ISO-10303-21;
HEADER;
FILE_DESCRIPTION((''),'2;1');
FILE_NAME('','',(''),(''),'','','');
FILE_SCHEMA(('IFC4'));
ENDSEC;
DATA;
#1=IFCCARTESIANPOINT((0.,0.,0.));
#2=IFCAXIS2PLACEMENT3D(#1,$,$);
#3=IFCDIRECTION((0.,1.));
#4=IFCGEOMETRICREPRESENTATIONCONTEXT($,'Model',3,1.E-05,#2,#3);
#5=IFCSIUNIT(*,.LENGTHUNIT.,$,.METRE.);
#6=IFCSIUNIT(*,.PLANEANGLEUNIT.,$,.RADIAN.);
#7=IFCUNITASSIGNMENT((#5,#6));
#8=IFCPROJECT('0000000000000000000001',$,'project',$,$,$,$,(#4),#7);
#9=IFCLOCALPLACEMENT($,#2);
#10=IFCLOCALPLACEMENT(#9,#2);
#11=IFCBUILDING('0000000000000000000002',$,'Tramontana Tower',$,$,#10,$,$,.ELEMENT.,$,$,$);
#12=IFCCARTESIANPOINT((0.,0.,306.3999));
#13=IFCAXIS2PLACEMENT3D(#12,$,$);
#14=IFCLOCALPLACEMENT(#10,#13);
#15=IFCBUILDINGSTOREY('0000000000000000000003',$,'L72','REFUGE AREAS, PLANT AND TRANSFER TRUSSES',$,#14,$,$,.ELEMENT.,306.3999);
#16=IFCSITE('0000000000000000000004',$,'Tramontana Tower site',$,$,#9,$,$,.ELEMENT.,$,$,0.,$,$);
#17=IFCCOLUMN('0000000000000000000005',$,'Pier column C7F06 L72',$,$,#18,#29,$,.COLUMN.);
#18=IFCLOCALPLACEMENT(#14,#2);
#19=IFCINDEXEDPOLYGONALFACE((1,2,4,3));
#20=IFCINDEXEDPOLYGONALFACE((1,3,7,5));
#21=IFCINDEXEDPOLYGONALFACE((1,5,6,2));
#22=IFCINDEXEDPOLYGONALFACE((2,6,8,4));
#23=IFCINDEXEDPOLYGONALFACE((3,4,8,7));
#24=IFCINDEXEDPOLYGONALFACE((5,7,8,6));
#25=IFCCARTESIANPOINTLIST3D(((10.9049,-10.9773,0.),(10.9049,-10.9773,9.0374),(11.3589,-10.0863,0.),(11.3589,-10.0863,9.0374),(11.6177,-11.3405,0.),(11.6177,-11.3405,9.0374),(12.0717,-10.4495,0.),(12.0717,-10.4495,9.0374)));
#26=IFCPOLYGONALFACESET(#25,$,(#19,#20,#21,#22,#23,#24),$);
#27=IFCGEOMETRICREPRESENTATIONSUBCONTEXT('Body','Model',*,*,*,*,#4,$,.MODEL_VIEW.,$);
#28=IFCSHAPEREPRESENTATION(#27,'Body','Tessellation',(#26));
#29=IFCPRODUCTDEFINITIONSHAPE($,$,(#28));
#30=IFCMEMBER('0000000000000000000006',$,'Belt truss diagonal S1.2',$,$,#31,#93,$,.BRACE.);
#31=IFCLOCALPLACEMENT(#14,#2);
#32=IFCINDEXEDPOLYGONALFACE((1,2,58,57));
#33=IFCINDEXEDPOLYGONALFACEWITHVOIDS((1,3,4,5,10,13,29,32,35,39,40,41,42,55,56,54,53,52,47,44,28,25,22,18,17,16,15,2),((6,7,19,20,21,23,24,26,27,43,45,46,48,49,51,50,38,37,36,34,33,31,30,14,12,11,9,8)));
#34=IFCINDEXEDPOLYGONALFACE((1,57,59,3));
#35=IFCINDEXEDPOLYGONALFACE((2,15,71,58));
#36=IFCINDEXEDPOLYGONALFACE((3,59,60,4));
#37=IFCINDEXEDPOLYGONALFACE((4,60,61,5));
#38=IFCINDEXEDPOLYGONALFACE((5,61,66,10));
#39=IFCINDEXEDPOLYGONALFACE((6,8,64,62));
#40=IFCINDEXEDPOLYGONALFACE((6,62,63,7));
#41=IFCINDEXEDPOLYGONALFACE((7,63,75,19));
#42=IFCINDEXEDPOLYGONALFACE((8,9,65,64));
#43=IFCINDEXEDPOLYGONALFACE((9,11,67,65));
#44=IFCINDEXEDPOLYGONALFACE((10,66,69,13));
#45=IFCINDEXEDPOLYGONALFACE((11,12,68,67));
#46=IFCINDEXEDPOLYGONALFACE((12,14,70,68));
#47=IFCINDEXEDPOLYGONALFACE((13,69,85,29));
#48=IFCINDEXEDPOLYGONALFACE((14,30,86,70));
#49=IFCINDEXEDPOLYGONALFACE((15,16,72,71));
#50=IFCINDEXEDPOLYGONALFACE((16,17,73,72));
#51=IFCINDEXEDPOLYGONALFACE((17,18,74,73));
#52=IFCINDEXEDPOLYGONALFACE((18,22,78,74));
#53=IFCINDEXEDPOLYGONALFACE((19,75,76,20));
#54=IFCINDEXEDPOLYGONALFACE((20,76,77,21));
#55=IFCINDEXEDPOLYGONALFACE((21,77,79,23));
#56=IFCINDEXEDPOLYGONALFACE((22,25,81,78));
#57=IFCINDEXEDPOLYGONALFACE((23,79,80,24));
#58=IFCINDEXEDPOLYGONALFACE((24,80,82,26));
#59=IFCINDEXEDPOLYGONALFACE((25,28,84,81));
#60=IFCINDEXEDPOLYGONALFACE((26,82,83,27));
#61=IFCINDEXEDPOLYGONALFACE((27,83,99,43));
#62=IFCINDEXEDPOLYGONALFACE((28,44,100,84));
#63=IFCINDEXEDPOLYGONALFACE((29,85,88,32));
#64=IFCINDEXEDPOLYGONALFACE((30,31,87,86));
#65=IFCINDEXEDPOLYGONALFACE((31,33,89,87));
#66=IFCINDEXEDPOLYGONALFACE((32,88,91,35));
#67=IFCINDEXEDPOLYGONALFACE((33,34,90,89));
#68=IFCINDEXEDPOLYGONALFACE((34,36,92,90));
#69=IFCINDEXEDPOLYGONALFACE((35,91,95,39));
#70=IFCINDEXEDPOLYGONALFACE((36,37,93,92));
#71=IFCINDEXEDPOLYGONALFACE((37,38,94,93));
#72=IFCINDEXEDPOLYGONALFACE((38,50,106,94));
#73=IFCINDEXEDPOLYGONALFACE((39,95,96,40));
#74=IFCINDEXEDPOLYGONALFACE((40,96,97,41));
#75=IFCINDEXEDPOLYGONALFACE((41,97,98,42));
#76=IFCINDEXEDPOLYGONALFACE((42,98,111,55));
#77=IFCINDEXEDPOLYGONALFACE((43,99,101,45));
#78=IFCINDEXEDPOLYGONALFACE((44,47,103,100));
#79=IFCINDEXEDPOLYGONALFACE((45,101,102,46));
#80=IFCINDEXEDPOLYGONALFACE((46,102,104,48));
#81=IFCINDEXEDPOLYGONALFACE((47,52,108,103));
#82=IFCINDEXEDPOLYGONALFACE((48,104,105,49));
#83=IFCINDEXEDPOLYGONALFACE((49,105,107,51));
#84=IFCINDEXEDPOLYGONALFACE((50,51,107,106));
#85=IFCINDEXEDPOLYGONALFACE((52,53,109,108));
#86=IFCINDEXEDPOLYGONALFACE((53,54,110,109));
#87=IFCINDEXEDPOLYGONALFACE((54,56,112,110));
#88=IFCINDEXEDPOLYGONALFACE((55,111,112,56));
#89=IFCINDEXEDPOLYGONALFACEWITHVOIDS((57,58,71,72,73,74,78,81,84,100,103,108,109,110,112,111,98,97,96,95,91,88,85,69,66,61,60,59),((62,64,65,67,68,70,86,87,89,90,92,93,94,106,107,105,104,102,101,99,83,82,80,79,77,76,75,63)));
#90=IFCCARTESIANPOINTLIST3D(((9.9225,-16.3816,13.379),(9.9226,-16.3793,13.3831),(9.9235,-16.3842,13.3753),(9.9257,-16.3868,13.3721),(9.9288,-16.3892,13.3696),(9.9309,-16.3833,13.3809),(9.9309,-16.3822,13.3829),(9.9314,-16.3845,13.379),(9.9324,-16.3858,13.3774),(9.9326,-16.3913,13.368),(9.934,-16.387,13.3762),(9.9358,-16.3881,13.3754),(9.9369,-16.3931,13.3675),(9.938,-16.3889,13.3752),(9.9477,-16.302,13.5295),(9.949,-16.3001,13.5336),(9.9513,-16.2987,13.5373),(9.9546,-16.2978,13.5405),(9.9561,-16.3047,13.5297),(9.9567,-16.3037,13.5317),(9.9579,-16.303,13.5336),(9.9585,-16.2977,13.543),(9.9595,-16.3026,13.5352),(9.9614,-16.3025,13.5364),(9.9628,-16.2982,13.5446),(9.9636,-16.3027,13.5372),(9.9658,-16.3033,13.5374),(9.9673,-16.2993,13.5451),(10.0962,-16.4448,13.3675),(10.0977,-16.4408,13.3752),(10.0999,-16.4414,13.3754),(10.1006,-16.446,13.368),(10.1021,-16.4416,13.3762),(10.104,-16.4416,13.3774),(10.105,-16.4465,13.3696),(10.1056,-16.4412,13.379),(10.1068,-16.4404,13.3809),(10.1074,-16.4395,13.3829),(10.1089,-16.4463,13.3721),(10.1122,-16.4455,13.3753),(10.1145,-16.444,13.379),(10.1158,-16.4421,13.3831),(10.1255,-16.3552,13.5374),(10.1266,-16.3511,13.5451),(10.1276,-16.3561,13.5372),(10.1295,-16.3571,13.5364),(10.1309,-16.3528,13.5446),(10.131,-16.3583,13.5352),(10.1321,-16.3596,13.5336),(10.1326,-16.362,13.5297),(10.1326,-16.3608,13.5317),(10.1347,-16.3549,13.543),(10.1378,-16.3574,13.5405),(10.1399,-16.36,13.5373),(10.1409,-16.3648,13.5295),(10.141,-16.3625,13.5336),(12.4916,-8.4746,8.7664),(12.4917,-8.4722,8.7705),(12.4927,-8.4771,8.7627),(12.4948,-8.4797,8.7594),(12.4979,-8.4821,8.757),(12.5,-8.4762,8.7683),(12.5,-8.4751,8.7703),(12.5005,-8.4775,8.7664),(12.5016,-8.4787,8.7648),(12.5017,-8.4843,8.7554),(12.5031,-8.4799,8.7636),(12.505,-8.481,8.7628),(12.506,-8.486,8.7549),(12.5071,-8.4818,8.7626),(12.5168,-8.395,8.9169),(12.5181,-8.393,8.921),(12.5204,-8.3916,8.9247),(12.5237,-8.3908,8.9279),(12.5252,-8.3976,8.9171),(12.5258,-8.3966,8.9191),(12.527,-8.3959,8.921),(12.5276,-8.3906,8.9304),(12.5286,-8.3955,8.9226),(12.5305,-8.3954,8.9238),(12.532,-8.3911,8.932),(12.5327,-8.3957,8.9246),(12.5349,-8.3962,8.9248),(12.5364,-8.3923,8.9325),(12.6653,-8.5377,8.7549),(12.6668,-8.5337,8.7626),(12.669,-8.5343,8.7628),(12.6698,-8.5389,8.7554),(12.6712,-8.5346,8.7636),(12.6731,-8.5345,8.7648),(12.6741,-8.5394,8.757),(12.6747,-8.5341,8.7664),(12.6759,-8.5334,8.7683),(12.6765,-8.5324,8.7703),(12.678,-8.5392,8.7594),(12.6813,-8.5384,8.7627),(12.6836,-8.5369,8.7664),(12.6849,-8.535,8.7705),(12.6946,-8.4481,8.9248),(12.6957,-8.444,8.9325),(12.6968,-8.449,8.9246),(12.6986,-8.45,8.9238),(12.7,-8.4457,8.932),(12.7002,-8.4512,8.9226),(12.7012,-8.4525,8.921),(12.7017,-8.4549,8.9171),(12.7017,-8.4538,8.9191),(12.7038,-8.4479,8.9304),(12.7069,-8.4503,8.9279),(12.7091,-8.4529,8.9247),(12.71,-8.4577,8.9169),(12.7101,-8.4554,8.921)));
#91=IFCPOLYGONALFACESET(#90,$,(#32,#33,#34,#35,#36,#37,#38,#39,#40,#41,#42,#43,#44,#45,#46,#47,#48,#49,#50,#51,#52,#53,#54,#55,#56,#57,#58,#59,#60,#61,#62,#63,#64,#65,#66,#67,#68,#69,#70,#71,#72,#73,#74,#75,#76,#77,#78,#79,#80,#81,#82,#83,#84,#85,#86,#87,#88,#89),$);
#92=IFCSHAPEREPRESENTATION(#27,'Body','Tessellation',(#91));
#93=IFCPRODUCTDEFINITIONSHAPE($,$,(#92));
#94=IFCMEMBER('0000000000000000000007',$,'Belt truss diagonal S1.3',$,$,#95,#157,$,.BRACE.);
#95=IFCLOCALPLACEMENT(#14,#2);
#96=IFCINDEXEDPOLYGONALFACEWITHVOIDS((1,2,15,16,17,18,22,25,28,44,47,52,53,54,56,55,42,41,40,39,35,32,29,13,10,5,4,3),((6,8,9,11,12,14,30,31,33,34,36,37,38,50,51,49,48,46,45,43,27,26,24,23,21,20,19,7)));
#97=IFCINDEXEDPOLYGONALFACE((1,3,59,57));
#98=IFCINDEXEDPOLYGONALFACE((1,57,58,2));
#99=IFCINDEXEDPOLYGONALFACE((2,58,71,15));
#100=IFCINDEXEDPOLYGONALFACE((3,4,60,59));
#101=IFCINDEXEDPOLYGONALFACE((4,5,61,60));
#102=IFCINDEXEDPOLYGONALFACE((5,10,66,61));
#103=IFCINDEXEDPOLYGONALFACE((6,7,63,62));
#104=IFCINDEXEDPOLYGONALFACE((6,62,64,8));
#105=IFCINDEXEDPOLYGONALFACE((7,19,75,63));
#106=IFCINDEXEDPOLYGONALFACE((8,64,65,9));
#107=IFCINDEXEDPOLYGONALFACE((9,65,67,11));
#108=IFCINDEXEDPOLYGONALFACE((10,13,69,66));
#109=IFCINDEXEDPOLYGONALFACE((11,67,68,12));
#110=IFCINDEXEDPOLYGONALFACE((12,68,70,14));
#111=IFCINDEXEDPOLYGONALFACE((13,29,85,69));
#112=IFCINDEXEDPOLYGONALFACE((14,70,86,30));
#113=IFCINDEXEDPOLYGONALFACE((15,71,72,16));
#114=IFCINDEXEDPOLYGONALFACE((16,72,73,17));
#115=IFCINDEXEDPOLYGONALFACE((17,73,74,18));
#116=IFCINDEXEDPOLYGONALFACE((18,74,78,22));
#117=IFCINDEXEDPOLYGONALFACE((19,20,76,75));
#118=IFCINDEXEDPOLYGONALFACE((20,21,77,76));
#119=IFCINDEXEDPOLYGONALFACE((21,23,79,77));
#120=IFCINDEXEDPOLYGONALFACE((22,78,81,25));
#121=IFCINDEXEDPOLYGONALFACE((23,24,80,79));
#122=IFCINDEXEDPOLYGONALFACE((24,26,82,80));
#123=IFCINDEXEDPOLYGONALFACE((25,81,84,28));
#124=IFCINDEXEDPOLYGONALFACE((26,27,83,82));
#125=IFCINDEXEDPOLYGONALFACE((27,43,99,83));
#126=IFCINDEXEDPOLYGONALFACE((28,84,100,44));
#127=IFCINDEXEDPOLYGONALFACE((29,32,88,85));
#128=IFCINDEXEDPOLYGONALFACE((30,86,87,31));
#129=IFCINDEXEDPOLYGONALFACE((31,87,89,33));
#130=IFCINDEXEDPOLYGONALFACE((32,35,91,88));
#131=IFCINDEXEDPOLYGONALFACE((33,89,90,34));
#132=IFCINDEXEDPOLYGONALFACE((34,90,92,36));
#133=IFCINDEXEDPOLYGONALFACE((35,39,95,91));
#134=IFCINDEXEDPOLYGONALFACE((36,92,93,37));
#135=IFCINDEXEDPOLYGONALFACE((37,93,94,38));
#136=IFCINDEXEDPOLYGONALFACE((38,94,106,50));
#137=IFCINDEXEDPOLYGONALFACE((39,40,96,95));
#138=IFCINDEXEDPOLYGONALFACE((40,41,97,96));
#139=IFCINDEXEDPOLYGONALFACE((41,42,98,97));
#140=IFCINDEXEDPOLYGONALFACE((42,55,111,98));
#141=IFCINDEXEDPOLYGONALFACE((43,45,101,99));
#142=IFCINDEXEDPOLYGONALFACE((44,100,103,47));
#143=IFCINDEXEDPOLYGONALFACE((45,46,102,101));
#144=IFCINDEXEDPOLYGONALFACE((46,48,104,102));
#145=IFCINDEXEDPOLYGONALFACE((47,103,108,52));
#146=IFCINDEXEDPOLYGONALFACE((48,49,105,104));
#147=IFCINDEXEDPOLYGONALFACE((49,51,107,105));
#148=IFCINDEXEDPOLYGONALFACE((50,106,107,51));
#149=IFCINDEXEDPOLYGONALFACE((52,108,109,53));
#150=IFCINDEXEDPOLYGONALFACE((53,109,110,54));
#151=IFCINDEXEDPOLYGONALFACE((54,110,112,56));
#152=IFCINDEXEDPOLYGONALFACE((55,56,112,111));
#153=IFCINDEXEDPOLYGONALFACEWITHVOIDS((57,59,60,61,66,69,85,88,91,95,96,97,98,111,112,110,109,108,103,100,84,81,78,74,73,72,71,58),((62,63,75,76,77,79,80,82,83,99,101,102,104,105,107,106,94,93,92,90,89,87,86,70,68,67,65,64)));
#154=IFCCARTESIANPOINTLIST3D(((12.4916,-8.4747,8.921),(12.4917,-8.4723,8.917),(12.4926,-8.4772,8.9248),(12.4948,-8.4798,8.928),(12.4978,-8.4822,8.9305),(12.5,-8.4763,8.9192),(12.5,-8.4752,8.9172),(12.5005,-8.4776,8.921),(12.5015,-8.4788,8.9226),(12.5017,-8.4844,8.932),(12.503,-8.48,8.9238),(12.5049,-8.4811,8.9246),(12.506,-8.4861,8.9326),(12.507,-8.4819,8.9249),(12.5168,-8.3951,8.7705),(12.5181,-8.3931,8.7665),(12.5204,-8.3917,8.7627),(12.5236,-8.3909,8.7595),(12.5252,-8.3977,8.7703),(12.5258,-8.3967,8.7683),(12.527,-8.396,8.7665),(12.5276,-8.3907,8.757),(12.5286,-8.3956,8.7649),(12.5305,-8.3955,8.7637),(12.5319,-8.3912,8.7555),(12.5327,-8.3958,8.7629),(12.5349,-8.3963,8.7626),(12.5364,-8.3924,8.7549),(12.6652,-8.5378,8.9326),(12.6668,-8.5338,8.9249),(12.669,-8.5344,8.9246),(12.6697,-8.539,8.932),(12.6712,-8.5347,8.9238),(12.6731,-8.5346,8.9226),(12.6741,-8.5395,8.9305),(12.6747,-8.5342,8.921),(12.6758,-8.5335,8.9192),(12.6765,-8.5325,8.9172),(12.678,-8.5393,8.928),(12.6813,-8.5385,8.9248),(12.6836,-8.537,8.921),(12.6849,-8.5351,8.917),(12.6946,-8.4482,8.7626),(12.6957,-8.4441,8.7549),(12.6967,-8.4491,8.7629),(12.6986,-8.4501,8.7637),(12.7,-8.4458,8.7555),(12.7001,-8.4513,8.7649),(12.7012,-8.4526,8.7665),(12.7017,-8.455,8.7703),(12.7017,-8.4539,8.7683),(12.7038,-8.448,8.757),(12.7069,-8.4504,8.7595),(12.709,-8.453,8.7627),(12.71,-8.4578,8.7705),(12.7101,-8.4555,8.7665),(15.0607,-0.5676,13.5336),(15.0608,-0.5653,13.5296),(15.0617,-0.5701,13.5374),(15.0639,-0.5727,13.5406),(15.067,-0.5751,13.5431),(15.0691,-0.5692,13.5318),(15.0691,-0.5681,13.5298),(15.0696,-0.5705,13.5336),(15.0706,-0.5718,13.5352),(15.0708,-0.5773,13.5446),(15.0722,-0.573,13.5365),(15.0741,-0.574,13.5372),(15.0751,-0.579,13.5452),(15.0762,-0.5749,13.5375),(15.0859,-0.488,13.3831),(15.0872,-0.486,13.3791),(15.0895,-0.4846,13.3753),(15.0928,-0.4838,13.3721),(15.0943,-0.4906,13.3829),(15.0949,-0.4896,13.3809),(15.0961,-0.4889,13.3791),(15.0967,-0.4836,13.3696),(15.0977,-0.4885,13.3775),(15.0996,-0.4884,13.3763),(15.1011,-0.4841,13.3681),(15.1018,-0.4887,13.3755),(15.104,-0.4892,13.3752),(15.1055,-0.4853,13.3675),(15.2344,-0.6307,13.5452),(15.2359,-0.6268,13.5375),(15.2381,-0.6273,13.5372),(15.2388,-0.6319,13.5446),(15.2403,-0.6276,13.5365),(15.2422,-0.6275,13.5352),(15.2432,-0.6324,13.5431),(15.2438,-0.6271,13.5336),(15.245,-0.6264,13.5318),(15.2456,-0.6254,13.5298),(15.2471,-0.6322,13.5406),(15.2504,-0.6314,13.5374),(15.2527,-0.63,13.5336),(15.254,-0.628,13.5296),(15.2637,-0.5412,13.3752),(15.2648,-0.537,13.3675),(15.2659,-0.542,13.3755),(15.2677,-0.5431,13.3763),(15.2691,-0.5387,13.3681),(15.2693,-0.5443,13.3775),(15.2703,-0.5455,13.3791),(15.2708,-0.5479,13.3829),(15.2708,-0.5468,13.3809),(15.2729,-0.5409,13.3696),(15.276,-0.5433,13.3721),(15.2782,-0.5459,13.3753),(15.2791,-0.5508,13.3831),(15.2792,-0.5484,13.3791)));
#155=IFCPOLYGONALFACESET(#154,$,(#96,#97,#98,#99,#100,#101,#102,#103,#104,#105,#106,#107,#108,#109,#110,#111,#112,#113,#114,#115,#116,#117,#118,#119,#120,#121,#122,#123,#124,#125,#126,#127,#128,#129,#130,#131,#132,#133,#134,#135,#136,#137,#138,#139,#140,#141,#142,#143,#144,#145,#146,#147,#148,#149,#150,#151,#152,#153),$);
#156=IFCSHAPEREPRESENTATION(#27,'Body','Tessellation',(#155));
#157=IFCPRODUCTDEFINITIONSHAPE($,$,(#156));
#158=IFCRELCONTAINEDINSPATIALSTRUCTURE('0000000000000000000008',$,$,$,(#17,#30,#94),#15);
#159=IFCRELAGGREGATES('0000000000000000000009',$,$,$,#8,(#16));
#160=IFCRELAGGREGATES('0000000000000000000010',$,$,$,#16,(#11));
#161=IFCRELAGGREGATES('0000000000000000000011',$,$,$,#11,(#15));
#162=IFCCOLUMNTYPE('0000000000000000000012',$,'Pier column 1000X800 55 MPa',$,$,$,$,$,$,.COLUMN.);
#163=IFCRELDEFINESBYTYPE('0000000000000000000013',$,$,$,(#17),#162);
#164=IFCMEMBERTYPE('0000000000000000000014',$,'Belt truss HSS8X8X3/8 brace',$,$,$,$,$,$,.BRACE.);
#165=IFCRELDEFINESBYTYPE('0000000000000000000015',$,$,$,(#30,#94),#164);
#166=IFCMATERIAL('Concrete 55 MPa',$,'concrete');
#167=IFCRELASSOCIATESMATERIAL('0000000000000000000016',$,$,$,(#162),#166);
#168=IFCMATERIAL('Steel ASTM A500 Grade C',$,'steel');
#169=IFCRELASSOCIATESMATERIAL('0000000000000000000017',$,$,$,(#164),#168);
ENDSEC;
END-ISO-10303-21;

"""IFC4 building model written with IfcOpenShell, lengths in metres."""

from ifc_helpers import new_model, si_unit, direction, frame, origin, origin_2d, place, context, subcontext, project, spatial, rectangle, hollow_rectangle, extrude, material, material_profile, profile_set, type_object, element, save


model = new_model("IFC4")

# Units and contexts
model_context = context("Model", 3, precision=1e-05, world=origin(), true_north=direction((0.0, 1.0)))
body_context = subcontext(model_context, "Body", "Model", "MODEL_VIEW")
ifc_project = project(units=[si_unit("LENGTHUNIT", "METRE"), si_unit("PLANEANGLEUNIT", "RADIAN")], contexts=[model_context])

# Site, building, storey
site_placement = place(None, origin())
site = spatial("IfcSite", under=ifc_project, at=site_placement, Name="Tramontana Tower site", CompositionType="ELEMENT", RefElevation=0.0)
building_placement = place(site_placement, origin())
building = spatial("IfcBuilding", under=site, at=building_placement, Name="Tramontana Tower", CompositionType="ELEMENT")
storey_placement = place(building_placement, frame((0.0, 0.0, 306.3999)))
storey = spatial("IfcBuildingStorey", under=building, at=storey_placement, Name="L72", Description="REFUGE AREAS, PLANT AND TRANSFER TRUSSES", CompositionType="ELEMENT", Elevation=306.3999)

# Column
ifc_material_1 = material(Name="Concrete 55 MPa", Category="concrete")
ifc_material_profile_1 = material_profile(ifc_material_1, rectangle(XDim=1.0, YDim=0.8, at=origin_2d()), Name="Pier column 1000X800 55 MPa")
ifc_profile_set_1 = profile_set([ifc_material_profile_1], Name="Concrete 55 MPa")
column_type = type_object("IfcColumnType", Name="Pier column 1000X800 55 MPa", PredefinedType="COLUMN", material=ifc_profile_set_1)
column_placement = place(storey_placement, frame((11.4883, -10.7134, 0.0), z_axis=(0.0, 0.0, 1.0), x_axis=(0.45399, 0.891007, 0.0)))
element("IfcColumn", 1, at=column_placement, inside=storey, type_object=column_type, Name="Pier column C7F06 L72", PredefinedType="COLUMN", context=body_context, shape_type="SweptSolid", body=[
    extrude(rectangle(XDim=1.0, YDim=0.8, at=origin_2d()), origin(), (0.0, 0.0, 1.0), 9.0374),
])

# Members
ifc_material_2 = material(Name="Steel ASTM A500 Grade C", Category="steel")
ifc_material_profile_2 = material_profile(ifc_material_2, hollow_rectangle(XDim=0.2031, YDim=0.2031, WallThickness=0.0088, InnerFilletRadius=0.0088, OuterFilletRadius=0.0178, at=origin_2d()), Name="HSS8X8X3/8")
ifc_profile_set_2 = profile_set([ifc_material_profile_2], Name="Steel ASTM A500 Grade C")
member_type_1 = type_object("IfcMemberType", Name="Belt truss HSS8X8X3/8 brace", PredefinedType="BRACE", material=ifc_profile_set_2)
for number, where, z_axis, x_axis, name in (
    (2, (10.0317, -16.3721, 13.4563), (0.270212, 0.831641, -0.485139), (-0.951058, 0.309012, 0.0), "Belt truss diagonal S1.2"),
    (3, (12.6008, -8.4651, 8.8438), (0.270212, 0.831641, 0.485139), (-0.951058, 0.309012, 0.0), "Belt truss diagonal S1.3"),
):
    element("IfcMember", number, at=place(storey_placement, frame(where, z_axis=z_axis, x_axis=x_axis)), inside=storey, type_object=member_type_1, Name=name, PredefinedType="BRACE", context=body_context, shape_type="SweptSolid", body=[
        extrude(hollow_rectangle(XDim=0.2031, YDim=0.2031, WallThickness=0.0088, InnerFilletRadius=0.0088, OuterFilletRadius=0.0178, at=origin_2d()), origin(), (0.0, 0.0, 1.0), 9.5078),
    ])

save(model, "model.ifc")
